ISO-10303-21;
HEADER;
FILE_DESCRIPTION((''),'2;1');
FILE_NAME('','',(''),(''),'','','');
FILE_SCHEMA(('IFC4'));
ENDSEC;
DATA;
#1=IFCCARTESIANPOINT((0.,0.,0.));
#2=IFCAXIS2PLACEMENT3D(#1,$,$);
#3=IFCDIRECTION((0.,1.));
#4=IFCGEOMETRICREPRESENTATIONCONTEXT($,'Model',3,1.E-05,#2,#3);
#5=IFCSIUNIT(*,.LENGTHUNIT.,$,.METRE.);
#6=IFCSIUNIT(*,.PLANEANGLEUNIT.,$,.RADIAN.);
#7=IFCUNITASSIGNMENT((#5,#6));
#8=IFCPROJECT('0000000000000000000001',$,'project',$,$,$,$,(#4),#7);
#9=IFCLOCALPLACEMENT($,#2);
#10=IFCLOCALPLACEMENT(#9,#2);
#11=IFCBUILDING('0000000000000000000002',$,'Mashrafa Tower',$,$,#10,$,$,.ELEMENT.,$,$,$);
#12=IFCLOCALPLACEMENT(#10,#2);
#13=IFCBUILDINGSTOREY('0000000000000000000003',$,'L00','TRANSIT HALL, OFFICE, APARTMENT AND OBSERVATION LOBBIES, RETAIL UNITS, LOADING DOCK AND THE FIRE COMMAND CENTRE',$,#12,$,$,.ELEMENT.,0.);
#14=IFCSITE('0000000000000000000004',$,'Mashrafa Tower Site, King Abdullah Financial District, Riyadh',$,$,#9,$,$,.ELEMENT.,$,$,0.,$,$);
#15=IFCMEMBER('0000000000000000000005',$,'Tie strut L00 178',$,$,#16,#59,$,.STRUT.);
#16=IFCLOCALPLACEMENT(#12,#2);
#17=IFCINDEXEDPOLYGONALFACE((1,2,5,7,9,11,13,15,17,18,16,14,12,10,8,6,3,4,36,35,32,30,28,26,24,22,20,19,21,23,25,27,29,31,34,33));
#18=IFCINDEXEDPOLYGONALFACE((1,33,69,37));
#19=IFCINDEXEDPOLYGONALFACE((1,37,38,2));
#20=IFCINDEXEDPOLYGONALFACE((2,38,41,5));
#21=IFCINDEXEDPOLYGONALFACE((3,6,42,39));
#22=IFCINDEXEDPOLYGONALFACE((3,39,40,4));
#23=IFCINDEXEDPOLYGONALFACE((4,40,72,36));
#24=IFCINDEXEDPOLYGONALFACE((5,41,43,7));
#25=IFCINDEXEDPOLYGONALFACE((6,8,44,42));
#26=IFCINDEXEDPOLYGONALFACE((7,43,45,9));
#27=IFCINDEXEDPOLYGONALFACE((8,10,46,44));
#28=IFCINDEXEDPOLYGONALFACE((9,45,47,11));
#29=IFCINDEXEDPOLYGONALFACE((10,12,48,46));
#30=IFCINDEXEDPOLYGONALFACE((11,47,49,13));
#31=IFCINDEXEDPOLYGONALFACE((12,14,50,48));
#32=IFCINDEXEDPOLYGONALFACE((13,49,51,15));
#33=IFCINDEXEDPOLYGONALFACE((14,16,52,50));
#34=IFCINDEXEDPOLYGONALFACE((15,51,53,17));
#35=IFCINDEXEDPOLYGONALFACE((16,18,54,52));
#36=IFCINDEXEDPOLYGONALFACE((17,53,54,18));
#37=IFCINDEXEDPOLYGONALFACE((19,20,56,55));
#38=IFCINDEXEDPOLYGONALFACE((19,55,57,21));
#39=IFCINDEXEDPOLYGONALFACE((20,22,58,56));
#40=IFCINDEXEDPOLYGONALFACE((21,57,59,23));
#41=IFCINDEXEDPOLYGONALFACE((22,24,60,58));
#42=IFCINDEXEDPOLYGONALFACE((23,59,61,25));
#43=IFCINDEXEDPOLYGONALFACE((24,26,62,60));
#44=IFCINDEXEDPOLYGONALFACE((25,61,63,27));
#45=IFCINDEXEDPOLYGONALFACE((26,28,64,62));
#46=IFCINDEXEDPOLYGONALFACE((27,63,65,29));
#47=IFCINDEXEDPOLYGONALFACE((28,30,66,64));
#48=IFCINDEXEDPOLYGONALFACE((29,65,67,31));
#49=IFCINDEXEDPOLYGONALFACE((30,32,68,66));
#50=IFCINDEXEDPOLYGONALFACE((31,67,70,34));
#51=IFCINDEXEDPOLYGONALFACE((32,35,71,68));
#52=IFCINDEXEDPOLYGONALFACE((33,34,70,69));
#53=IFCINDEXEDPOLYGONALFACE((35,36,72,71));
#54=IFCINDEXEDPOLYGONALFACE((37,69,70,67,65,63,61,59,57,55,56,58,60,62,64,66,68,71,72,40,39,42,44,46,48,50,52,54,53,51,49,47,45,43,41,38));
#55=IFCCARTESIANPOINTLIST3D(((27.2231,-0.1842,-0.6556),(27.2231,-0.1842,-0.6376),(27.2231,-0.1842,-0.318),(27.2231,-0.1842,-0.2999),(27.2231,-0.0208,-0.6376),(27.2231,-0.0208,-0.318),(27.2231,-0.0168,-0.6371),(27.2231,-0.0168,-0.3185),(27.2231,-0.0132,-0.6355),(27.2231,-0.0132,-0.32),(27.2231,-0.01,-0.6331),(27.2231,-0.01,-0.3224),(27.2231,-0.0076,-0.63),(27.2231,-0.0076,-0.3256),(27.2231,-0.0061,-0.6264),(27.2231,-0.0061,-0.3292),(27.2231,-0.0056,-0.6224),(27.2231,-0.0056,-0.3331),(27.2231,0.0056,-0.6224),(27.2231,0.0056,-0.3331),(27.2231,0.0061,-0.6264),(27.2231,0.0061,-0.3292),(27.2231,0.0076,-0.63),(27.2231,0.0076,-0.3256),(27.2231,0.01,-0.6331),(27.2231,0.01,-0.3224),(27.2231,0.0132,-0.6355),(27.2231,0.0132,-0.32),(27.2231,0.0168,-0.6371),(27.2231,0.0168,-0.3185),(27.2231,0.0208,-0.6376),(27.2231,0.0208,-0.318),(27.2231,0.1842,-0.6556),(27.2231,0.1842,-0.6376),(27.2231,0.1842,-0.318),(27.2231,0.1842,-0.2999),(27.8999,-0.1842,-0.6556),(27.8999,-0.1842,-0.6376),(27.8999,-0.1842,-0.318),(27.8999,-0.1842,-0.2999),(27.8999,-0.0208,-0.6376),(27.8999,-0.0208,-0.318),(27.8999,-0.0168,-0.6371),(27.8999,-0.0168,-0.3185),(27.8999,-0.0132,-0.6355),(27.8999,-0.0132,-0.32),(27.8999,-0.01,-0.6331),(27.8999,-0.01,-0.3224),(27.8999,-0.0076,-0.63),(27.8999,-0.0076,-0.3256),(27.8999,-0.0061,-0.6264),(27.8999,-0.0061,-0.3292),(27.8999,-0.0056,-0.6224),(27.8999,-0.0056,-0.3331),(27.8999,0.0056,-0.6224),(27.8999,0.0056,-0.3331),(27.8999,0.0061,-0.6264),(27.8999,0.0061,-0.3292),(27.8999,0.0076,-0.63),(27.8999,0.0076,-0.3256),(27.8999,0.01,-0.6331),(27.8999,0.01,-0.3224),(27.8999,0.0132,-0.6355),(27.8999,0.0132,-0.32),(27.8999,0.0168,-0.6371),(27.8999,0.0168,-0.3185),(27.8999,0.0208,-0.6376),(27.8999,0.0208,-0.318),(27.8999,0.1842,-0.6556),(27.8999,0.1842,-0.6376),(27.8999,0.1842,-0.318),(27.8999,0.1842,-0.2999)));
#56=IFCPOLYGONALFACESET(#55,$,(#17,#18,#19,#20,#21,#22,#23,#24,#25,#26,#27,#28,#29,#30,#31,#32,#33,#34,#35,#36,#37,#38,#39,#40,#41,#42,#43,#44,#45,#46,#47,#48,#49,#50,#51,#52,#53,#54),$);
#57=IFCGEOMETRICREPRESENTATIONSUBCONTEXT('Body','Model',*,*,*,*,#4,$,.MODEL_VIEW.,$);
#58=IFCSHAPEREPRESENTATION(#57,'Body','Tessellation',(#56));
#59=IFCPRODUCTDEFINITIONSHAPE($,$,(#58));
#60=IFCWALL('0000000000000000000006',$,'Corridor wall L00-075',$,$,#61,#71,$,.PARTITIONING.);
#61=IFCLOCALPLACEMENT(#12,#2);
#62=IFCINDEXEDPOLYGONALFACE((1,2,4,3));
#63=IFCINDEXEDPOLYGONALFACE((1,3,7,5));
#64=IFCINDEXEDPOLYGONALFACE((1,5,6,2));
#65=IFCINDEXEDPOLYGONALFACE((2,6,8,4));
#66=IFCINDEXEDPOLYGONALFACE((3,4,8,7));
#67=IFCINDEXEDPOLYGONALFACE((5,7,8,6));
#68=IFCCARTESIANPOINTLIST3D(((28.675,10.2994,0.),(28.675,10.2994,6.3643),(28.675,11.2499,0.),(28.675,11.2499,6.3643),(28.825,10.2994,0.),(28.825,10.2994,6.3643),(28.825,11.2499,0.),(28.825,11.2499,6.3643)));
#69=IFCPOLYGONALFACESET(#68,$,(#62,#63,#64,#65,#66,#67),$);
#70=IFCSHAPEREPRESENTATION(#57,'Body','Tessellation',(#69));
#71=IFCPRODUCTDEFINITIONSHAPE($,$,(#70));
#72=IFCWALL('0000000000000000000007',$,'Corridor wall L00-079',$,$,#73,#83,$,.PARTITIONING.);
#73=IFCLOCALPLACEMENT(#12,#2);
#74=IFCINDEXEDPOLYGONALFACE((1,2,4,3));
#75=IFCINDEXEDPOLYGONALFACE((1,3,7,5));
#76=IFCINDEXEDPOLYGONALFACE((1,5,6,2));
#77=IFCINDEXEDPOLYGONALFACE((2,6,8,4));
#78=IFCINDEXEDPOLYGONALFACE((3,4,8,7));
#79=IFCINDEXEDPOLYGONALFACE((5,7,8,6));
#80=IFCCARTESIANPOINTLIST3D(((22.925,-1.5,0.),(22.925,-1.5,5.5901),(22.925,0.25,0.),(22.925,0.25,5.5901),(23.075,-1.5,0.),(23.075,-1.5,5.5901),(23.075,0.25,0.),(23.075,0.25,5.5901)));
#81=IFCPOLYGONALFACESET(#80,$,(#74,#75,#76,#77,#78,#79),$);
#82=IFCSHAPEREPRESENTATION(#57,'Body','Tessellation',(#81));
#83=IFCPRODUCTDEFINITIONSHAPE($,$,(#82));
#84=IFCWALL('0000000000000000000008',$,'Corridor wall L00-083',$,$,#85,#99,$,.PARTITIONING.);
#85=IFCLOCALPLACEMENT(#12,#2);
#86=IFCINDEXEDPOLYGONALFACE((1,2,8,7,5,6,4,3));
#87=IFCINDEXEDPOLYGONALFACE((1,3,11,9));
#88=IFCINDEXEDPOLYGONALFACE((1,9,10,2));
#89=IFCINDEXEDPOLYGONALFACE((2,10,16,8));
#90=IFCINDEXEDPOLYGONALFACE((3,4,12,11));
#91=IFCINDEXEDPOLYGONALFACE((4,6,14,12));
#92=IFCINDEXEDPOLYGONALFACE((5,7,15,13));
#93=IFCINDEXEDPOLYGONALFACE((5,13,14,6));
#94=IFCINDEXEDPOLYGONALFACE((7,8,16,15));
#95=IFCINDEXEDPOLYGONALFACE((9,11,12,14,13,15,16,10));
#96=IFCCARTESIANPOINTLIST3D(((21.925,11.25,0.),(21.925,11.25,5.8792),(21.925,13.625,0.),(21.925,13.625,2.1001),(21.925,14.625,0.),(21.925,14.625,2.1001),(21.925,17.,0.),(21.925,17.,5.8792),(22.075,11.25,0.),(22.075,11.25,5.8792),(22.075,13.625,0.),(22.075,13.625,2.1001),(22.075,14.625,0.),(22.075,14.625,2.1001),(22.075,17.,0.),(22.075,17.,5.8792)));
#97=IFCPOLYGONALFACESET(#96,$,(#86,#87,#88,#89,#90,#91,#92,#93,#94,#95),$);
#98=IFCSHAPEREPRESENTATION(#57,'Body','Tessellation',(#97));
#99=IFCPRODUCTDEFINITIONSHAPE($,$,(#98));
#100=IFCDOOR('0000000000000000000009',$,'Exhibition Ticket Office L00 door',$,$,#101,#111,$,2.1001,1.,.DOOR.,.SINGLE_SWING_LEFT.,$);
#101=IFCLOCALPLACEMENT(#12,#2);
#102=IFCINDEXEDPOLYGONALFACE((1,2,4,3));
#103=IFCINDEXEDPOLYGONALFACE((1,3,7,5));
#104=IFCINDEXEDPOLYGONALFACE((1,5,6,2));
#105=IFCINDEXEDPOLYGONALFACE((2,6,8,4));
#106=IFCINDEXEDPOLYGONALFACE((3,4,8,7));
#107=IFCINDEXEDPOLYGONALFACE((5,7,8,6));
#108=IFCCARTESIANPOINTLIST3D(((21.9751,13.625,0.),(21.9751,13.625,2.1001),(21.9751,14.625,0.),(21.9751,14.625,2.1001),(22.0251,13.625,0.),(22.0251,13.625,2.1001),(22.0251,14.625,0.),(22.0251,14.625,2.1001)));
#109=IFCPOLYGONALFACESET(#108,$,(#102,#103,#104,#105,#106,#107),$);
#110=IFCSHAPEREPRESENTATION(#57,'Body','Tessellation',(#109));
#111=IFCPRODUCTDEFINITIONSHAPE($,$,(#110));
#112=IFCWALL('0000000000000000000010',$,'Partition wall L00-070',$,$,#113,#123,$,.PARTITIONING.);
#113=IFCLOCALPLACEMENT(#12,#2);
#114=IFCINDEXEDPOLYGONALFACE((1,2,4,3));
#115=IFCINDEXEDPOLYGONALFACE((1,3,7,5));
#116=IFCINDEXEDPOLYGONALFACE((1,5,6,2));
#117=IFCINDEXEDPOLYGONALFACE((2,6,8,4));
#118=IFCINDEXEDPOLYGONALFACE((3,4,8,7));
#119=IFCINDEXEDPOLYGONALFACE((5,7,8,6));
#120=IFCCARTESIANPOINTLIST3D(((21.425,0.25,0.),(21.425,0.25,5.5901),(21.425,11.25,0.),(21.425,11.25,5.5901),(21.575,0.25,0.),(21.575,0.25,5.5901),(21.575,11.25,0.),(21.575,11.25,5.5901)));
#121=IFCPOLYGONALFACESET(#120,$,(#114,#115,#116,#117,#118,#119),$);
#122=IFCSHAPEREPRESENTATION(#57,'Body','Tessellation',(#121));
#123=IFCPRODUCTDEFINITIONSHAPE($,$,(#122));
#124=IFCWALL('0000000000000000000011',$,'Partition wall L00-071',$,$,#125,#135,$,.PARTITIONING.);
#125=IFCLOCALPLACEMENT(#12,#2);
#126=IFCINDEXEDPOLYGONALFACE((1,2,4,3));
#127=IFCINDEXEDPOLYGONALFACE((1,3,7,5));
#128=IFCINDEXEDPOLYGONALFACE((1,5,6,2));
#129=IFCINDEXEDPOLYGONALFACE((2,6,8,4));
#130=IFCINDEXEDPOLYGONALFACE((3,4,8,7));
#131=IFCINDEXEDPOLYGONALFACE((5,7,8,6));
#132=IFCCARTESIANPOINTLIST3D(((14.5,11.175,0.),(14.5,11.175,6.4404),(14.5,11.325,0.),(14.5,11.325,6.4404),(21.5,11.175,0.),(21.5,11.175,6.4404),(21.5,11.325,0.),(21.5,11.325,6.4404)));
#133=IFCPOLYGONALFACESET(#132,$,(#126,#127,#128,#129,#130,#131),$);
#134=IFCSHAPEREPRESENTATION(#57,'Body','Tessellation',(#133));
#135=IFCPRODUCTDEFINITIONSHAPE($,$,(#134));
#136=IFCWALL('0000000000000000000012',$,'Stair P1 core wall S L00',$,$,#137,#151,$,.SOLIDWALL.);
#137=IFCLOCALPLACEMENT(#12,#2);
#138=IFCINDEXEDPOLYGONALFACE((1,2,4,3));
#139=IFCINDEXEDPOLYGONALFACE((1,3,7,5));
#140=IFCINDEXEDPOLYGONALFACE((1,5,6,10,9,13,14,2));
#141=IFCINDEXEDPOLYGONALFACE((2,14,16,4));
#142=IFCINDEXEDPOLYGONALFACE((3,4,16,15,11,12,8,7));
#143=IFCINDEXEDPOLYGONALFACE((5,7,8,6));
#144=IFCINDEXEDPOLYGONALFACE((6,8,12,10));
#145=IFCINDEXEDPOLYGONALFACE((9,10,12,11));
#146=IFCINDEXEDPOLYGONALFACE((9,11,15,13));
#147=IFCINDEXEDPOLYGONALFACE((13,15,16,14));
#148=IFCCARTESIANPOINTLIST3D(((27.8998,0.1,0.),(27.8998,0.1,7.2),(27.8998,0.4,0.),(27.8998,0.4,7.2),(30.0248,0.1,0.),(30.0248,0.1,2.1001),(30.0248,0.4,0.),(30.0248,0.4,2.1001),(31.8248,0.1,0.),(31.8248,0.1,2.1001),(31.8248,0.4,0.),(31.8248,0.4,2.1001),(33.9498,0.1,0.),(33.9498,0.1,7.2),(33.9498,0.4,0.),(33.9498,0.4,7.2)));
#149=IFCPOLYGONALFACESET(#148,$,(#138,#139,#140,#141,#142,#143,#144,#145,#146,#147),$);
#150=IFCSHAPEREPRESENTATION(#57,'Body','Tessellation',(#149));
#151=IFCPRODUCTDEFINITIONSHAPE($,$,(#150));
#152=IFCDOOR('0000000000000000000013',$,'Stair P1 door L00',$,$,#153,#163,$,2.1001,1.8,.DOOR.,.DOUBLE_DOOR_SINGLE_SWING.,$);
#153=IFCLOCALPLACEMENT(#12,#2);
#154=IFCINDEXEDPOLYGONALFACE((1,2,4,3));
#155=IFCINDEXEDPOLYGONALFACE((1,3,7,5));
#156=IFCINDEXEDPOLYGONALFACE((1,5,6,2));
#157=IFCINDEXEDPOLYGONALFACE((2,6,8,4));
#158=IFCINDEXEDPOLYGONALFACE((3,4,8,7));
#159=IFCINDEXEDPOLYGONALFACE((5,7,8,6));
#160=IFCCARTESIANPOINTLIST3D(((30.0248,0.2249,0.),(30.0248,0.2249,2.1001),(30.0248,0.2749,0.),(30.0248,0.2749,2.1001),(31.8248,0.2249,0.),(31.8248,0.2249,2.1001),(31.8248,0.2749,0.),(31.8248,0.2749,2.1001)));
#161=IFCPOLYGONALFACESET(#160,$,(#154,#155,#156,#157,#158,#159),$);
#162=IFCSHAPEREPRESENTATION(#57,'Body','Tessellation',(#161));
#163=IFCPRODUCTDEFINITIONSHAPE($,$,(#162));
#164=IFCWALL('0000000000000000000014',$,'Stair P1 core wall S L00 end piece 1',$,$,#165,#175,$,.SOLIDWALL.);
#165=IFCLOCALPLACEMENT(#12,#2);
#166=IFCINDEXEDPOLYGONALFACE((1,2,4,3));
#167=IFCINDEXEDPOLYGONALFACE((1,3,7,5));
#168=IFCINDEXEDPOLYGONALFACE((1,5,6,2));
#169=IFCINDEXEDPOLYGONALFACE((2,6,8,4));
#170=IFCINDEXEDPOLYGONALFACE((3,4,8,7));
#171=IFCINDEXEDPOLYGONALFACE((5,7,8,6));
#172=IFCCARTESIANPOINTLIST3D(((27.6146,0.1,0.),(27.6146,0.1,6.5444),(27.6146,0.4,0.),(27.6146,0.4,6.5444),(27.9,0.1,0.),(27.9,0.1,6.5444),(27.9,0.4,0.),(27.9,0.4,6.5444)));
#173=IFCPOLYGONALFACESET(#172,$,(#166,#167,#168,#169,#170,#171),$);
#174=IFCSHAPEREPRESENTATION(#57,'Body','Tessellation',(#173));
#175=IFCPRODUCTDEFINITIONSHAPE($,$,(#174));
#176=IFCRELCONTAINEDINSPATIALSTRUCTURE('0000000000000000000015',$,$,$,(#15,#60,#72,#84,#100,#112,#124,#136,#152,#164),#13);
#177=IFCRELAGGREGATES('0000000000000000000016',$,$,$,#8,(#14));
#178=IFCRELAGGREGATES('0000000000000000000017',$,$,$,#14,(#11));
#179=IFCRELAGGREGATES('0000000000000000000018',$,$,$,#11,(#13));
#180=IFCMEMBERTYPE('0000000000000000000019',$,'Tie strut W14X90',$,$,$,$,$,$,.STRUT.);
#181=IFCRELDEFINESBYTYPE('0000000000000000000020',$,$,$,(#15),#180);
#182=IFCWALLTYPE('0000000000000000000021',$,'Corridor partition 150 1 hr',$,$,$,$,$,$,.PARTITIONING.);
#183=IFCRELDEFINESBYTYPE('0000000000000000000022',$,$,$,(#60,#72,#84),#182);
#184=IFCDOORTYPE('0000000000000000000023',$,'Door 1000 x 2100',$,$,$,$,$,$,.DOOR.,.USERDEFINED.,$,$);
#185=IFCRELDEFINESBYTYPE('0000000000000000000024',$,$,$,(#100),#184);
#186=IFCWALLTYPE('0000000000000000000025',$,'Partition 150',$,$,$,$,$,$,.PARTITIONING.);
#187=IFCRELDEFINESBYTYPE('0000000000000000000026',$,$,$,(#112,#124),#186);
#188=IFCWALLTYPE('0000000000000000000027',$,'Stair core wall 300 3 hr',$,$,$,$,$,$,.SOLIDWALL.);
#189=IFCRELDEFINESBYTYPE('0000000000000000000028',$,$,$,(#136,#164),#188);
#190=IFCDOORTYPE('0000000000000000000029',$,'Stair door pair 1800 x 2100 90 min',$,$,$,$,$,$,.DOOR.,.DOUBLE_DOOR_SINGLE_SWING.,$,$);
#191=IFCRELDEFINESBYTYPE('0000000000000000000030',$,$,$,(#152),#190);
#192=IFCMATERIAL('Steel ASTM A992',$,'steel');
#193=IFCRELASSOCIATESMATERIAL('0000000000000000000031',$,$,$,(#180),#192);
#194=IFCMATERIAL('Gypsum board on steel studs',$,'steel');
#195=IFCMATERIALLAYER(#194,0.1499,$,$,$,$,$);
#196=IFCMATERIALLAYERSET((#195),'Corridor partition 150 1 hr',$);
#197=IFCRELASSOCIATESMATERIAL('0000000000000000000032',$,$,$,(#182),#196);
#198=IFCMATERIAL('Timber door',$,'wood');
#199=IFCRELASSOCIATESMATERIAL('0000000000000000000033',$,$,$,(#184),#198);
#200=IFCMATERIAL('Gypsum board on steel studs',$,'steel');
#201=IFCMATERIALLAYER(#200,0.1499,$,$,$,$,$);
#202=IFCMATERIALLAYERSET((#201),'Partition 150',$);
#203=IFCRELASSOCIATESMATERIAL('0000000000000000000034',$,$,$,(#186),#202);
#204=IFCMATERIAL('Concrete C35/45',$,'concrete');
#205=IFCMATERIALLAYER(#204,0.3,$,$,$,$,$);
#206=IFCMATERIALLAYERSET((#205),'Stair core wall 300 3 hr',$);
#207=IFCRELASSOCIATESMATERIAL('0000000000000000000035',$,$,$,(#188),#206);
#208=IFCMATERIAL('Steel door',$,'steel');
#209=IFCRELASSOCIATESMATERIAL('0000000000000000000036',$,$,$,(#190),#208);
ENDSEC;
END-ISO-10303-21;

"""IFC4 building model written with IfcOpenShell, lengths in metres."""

from ifc_helpers import new_model, si_unit, direction, frame, frame_2d, origin, origin_2d, place, context, subcontext, project, spatial, rectangle, i_section, extrude, source, transform, mapped, material, layer, layer_set, material_profile, profile_set, type_object, type_shapes, element, fill, save


model = new_model("IFC4")

# Units and contexts
model_context = context("Model", 3, precision=1e-05, world=origin(), true_north=direction((0.0, 1.0)))
body_context = subcontext(model_context, "Body", "Model", "MODEL_VIEW")
ifc_project = project(units=[si_unit("LENGTHUNIT", "METRE"), si_unit("PLANEANGLEUNIT", "RADIAN")], contexts=[model_context])

# Site, building, storey
site_placement = place(None, origin())
site = spatial("IfcSite", under=ifc_project, at=site_placement, Name="Mashrafa Tower Site, King Abdullah Financial District, Riyadh", CompositionType="ELEMENT", RefElevation=0.0)
building_placement = place(site_placement, origin())
building = spatial("IfcBuilding", under=site, at=building_placement, Name="Mashrafa Tower", CompositionType="ELEMENT")
storey_placement = place(building_placement, origin())
storey = spatial("IfcBuildingStorey", under=building, at=storey_placement, Name="L00", Description="TRANSIT HALL, OFFICE, APARTMENT AND OBSERVATION LOBBIES, RETAIL UNITS, LOADING DOCK AND THE FIRE COMMAND CENTRE", CompositionType="ELEMENT", Elevation=0.0)

# Member
ifc_material_1 = material(Name="Steel ASTM A992", Category="steel")
ifc_material_profile_1 = material_profile(ifc_material_1, i_section(OverallWidth=0.3684, OverallDepth=0.3557, WebThickness=0.0112, FlangeThickness=0.0181, FilletRadius=0.0151, at=origin_2d()), Name="W14X90")
ifc_profile_set_1 = profile_set([ifc_material_profile_1], Name="Steel ASTM A992")
member_type = type_object("IfcMemberType", Name="Tie strut W14X90", PredefinedType="STRUT", material=ifc_profile_set_1)
shared_shape = source(origin(), body_context, "Body", "SweptSolid", [
    extrude(i_section(OverallWidth=0.3684, OverallDepth=0.3557, WebThickness=0.0112, FlangeThickness=0.0181, FilletRadius=0.0151, at=origin_2d()), origin(), (0.0, 0.0, 1.0), 0.6768),
])
type_shapes(member_type, [shared_shape])
member_placement = place(storey_placement, frame((27.2231, 0.0, -0.4778), z_axis=(1.0, 0.0, 0.0), x_axis=(0.0, 1.0, 0.0)))
element("IfcMember", 1, at=member_placement, inside=storey, type_object=member_type, Name="Tie strut L00 178", PredefinedType="STRUT", context=body_context, shape_type="MappedRepresentation", body=[
    mapped(shared_shape, transform((0.0, 0.0, 0.0))),
])

# Walls
ifc_material_2 = material(Name="Gypsum board on steel studs", Category="steel")
ifc_layer_1 = layer(ifc_material_2, 0.1499)
ifc_layer_set_1 = layer_set([ifc_layer_1], Name="Corridor partition 150 1 hr")
wall_type_1 = type_object("IfcWallType", Name="Corridor partition 150 1 hr", PredefinedType="PARTITIONING", material=ifc_layer_set_1)
wall_1_placement = place(storey_placement, frame((28.75, 10.2996, 0.0), z_axis=(0.0, 0.0, 1.0), x_axis=(0.0, 1.0, 0.0)))
element("IfcWall", 2, at=wall_1_placement, inside=storey, type_object=wall_type_1, Name="Corridor wall L00-075", PredefinedType="PARTITIONING", context=body_context, shape_type="SweptSolid", body=[
    extrude(rectangle(XDim=0.9504, YDim=0.1499, at=frame_2d((0.4751, 0.0))), origin(), (0.0, 0.0, 1.0), 6.3643),
])
wall_2_placement = place(storey_placement, frame((23.0, 0.25, 0.0), z_axis=(0.0, 0.0, 1.0), x_axis=(0.0, -1.0, 0.0)))
element("IfcWall", 3, at=wall_2_placement, inside=storey, type_object=wall_type_1, Name="Corridor wall L00-079", PredefinedType="PARTITIONING", context=body_context, shape_type="SweptSolid", body=[
    extrude(rectangle(XDim=1.75, YDim=0.1499, at=frame_2d((0.875, 0.0))), origin(), (0.0, 0.0, 1.0), 5.5901),
])

# Wall, opening, door
wall_3_placement = place(storey_placement, frame((22.0, 11.25, 0.0), z_axis=(0.0, 0.0, 1.0), x_axis=(0.0, 1.0, 0.0)))
wall_3 = element("IfcWall", 4, at=wall_3_placement, inside=storey, type_object=wall_type_1, Name="Corridor wall L00-083", PredefinedType="PARTITIONING", context=body_context, shape_type="SweptSolid", body=[
    extrude(rectangle(XDim=5.75, YDim=0.1499, at=frame_2d((2.875, 0.0))), origin(), (0.0, 0.0, 1.0), 5.8792),
])
opening_1_placement = place(wall_3_placement, frame((2.375, 0.0, 0.0)))
opening_1 = element("IfcOpeningElement", 5, at=opening_1_placement, cuts=wall_3, PredefinedType="OPENING", context=body_context, shape_type="SweptSolid", body=[
    extrude(rectangle(XDim=1.0, YDim=2.1001, at=frame_2d((0.5, 1.05))), frame((0.0, 0.085, 0.0), z_axis=(0.0, -1.0, 0.0), x_axis=(1.0, 0.0, 0.0)), (0.0, 0.0, 1.0), 0.1699),
])
ifc_material_3 = material(Name="Timber door", Category="wood")
door_type_1 = type_object("IfcDoorType", Name="Door 1000 x 2100", OperationType="USERDEFINED", PredefinedType="DOOR", material=ifc_material_3)
door_1_placement = place(opening_1_placement, origin())
door_1 = element("IfcDoor", 6, at=door_1_placement, inside=storey, type_object=door_type_1, Name="Exhibition Ticket Office L00 door", OperationType="SINGLE_SWING_LEFT", OverallHeight=2.1001, OverallWidth=1.0, PredefinedType="DOOR", context=body_context, shape_type="SweptSolid", body=[
    extrude(rectangle(XDim=1.0, YDim=2.1001, at=frame_2d((0.5, 1.05))), frame((0.0, 0.0249, 0.0), z_axis=(0.0, -1.0, 0.0), x_axis=(1.0, 0.0, 0.0)), (0.0, 0.0, 1.0), 0.05),
])
fill(opening_1, door_1)

# Walls
ifc_material_4 = material(Name="Gypsum board on steel studs", Category="steel")
ifc_layer_2 = layer(ifc_material_4, 0.1499)
ifc_layer_set_2 = layer_set([ifc_layer_2], Name="Partition 150")
wall_type_2 = type_object("IfcWallType", Name="Partition 150", PredefinedType="PARTITIONING", material=ifc_layer_set_2)
wall_4_placement = place(storey_placement, frame((21.5, 0.25, 0.0), z_axis=(0.0, 0.0, 1.0), x_axis=(0.0, 1.0, 0.0)))
element("IfcWall", 7, at=wall_4_placement, inside=storey, type_object=wall_type_2, Name="Partition wall L00-070", PredefinedType="PARTITIONING", context=body_context, shape_type="SweptSolid", body=[
    extrude(rectangle(XDim=11.0, YDim=0.1499, at=frame_2d((5.5, 0.0))), origin(), (0.0, 0.0, 1.0), 5.5901),
])
wall_5_placement = place(storey_placement, frame((21.5, 11.25, 0.0), z_axis=(0.0, 0.0, 1.0), x_axis=(-1.0, 0.0, 0.0)))
element("IfcWall", 8, at=wall_5_placement, inside=storey, type_object=wall_type_2, Name="Partition wall L00-071", PredefinedType="PARTITIONING", context=body_context, shape_type="SweptSolid", body=[
    extrude(rectangle(XDim=7.0, YDim=0.1499, at=frame_2d((3.5, 0.0))), origin(), (0.0, 0.0, 1.0), 6.4404),
])

# Wall, opening, door
ifc_material_5 = material(Name="Concrete C35/45", Category="concrete")
ifc_layer_3 = layer(ifc_material_5, 0.3)
ifc_layer_set_3 = layer_set([ifc_layer_3], Name="Stair core wall 300 3 hr")
wall_type_3 = type_object("IfcWallType", Name="Stair core wall 300 3 hr", PredefinedType="SOLIDWALL", material=ifc_layer_set_3)
wall_6_placement = place(storey_placement, frame((27.8999, 0.25, 0.0), z_axis=(0.0, 0.0, 1.0), x_axis=(1.0, 0.0, 0.0)))
wall_6 = element("IfcWall", 9, at=wall_6_placement, inside=storey, type_object=wall_type_3, Name="Stair P1 core wall S L00", PredefinedType="SOLIDWALL", context=body_context, shape_type="SweptSolid", body=[
    extrude(rectangle(XDim=6.05, YDim=0.3, at=frame_2d((3.0249, 0.0))), origin(), (0.0, 0.0, 1.0), 7.2),
])
opening_2_placement = place(wall_6_placement, frame((2.125, 0.0, 0.0)))
opening_2 = element("IfcOpeningElement", 10, at=opening_2_placement, cuts=wall_6, PredefinedType="OPENING", context=body_context, shape_type="SweptSolid", body=[
    extrude(rectangle(XDim=1.8, YDim=2.1001, at=frame_2d((0.8999, 1.05))), frame((0.0, 0.1599, 0.0), z_axis=(0.0, -1.0, 0.0), x_axis=(1.0, 0.0, 0.0)), (0.0, 0.0, 1.0), 0.3201),
])
ifc_material_6 = material(Name="Steel door", Category="steel")
door_type_2 = type_object("IfcDoorType", Name="Stair door pair 1800 x 2100 90 min", OperationType="DOUBLE_DOOR_SINGLE_SWING", PredefinedType="DOOR", material=ifc_material_6)
door_2_placement = place(opening_2_placement, origin())
door_2 = element("IfcDoor", 11, at=door_2_placement, inside=storey, type_object=door_type_2, Name="Stair P1 door L00", OperationType="DOUBLE_DOOR_SINGLE_SWING", OverallHeight=2.1001, OverallWidth=1.8, PredefinedType="DOOR", context=body_context, shape_type="SweptSolid", body=[
    extrude(rectangle(XDim=1.8, YDim=2.1001, at=frame_2d((0.8999, 1.05))), frame((0.0, 0.0249, 0.0), z_axis=(0.0, -1.0, 0.0), x_axis=(1.0, 0.0, 0.0)), (0.0, 0.0, 1.0), 0.05),
])
fill(opening_2, door_2)

# Wall
wall_7_placement = place(storey_placement, frame((27.8999, 0.25, 0.0), z_axis=(0.0, 0.0, 1.0), x_axis=(-1.0, 0.0, 0.0)))
element("IfcWall", 12, at=wall_7_placement, inside=storey, type_object=wall_type_3, Name="Stair P1 core wall S L00 end piece 1", PredefinedType="SOLIDWALL", context=body_context, shape_type="SweptSolid", body=[
    extrude(rectangle(XDim=0.2854, YDim=0.3, at=frame_2d((0.1426, 0.0))), origin(), (0.0, 0.0, 1.0), 6.5444),
])

save(model, "model.ifc")
